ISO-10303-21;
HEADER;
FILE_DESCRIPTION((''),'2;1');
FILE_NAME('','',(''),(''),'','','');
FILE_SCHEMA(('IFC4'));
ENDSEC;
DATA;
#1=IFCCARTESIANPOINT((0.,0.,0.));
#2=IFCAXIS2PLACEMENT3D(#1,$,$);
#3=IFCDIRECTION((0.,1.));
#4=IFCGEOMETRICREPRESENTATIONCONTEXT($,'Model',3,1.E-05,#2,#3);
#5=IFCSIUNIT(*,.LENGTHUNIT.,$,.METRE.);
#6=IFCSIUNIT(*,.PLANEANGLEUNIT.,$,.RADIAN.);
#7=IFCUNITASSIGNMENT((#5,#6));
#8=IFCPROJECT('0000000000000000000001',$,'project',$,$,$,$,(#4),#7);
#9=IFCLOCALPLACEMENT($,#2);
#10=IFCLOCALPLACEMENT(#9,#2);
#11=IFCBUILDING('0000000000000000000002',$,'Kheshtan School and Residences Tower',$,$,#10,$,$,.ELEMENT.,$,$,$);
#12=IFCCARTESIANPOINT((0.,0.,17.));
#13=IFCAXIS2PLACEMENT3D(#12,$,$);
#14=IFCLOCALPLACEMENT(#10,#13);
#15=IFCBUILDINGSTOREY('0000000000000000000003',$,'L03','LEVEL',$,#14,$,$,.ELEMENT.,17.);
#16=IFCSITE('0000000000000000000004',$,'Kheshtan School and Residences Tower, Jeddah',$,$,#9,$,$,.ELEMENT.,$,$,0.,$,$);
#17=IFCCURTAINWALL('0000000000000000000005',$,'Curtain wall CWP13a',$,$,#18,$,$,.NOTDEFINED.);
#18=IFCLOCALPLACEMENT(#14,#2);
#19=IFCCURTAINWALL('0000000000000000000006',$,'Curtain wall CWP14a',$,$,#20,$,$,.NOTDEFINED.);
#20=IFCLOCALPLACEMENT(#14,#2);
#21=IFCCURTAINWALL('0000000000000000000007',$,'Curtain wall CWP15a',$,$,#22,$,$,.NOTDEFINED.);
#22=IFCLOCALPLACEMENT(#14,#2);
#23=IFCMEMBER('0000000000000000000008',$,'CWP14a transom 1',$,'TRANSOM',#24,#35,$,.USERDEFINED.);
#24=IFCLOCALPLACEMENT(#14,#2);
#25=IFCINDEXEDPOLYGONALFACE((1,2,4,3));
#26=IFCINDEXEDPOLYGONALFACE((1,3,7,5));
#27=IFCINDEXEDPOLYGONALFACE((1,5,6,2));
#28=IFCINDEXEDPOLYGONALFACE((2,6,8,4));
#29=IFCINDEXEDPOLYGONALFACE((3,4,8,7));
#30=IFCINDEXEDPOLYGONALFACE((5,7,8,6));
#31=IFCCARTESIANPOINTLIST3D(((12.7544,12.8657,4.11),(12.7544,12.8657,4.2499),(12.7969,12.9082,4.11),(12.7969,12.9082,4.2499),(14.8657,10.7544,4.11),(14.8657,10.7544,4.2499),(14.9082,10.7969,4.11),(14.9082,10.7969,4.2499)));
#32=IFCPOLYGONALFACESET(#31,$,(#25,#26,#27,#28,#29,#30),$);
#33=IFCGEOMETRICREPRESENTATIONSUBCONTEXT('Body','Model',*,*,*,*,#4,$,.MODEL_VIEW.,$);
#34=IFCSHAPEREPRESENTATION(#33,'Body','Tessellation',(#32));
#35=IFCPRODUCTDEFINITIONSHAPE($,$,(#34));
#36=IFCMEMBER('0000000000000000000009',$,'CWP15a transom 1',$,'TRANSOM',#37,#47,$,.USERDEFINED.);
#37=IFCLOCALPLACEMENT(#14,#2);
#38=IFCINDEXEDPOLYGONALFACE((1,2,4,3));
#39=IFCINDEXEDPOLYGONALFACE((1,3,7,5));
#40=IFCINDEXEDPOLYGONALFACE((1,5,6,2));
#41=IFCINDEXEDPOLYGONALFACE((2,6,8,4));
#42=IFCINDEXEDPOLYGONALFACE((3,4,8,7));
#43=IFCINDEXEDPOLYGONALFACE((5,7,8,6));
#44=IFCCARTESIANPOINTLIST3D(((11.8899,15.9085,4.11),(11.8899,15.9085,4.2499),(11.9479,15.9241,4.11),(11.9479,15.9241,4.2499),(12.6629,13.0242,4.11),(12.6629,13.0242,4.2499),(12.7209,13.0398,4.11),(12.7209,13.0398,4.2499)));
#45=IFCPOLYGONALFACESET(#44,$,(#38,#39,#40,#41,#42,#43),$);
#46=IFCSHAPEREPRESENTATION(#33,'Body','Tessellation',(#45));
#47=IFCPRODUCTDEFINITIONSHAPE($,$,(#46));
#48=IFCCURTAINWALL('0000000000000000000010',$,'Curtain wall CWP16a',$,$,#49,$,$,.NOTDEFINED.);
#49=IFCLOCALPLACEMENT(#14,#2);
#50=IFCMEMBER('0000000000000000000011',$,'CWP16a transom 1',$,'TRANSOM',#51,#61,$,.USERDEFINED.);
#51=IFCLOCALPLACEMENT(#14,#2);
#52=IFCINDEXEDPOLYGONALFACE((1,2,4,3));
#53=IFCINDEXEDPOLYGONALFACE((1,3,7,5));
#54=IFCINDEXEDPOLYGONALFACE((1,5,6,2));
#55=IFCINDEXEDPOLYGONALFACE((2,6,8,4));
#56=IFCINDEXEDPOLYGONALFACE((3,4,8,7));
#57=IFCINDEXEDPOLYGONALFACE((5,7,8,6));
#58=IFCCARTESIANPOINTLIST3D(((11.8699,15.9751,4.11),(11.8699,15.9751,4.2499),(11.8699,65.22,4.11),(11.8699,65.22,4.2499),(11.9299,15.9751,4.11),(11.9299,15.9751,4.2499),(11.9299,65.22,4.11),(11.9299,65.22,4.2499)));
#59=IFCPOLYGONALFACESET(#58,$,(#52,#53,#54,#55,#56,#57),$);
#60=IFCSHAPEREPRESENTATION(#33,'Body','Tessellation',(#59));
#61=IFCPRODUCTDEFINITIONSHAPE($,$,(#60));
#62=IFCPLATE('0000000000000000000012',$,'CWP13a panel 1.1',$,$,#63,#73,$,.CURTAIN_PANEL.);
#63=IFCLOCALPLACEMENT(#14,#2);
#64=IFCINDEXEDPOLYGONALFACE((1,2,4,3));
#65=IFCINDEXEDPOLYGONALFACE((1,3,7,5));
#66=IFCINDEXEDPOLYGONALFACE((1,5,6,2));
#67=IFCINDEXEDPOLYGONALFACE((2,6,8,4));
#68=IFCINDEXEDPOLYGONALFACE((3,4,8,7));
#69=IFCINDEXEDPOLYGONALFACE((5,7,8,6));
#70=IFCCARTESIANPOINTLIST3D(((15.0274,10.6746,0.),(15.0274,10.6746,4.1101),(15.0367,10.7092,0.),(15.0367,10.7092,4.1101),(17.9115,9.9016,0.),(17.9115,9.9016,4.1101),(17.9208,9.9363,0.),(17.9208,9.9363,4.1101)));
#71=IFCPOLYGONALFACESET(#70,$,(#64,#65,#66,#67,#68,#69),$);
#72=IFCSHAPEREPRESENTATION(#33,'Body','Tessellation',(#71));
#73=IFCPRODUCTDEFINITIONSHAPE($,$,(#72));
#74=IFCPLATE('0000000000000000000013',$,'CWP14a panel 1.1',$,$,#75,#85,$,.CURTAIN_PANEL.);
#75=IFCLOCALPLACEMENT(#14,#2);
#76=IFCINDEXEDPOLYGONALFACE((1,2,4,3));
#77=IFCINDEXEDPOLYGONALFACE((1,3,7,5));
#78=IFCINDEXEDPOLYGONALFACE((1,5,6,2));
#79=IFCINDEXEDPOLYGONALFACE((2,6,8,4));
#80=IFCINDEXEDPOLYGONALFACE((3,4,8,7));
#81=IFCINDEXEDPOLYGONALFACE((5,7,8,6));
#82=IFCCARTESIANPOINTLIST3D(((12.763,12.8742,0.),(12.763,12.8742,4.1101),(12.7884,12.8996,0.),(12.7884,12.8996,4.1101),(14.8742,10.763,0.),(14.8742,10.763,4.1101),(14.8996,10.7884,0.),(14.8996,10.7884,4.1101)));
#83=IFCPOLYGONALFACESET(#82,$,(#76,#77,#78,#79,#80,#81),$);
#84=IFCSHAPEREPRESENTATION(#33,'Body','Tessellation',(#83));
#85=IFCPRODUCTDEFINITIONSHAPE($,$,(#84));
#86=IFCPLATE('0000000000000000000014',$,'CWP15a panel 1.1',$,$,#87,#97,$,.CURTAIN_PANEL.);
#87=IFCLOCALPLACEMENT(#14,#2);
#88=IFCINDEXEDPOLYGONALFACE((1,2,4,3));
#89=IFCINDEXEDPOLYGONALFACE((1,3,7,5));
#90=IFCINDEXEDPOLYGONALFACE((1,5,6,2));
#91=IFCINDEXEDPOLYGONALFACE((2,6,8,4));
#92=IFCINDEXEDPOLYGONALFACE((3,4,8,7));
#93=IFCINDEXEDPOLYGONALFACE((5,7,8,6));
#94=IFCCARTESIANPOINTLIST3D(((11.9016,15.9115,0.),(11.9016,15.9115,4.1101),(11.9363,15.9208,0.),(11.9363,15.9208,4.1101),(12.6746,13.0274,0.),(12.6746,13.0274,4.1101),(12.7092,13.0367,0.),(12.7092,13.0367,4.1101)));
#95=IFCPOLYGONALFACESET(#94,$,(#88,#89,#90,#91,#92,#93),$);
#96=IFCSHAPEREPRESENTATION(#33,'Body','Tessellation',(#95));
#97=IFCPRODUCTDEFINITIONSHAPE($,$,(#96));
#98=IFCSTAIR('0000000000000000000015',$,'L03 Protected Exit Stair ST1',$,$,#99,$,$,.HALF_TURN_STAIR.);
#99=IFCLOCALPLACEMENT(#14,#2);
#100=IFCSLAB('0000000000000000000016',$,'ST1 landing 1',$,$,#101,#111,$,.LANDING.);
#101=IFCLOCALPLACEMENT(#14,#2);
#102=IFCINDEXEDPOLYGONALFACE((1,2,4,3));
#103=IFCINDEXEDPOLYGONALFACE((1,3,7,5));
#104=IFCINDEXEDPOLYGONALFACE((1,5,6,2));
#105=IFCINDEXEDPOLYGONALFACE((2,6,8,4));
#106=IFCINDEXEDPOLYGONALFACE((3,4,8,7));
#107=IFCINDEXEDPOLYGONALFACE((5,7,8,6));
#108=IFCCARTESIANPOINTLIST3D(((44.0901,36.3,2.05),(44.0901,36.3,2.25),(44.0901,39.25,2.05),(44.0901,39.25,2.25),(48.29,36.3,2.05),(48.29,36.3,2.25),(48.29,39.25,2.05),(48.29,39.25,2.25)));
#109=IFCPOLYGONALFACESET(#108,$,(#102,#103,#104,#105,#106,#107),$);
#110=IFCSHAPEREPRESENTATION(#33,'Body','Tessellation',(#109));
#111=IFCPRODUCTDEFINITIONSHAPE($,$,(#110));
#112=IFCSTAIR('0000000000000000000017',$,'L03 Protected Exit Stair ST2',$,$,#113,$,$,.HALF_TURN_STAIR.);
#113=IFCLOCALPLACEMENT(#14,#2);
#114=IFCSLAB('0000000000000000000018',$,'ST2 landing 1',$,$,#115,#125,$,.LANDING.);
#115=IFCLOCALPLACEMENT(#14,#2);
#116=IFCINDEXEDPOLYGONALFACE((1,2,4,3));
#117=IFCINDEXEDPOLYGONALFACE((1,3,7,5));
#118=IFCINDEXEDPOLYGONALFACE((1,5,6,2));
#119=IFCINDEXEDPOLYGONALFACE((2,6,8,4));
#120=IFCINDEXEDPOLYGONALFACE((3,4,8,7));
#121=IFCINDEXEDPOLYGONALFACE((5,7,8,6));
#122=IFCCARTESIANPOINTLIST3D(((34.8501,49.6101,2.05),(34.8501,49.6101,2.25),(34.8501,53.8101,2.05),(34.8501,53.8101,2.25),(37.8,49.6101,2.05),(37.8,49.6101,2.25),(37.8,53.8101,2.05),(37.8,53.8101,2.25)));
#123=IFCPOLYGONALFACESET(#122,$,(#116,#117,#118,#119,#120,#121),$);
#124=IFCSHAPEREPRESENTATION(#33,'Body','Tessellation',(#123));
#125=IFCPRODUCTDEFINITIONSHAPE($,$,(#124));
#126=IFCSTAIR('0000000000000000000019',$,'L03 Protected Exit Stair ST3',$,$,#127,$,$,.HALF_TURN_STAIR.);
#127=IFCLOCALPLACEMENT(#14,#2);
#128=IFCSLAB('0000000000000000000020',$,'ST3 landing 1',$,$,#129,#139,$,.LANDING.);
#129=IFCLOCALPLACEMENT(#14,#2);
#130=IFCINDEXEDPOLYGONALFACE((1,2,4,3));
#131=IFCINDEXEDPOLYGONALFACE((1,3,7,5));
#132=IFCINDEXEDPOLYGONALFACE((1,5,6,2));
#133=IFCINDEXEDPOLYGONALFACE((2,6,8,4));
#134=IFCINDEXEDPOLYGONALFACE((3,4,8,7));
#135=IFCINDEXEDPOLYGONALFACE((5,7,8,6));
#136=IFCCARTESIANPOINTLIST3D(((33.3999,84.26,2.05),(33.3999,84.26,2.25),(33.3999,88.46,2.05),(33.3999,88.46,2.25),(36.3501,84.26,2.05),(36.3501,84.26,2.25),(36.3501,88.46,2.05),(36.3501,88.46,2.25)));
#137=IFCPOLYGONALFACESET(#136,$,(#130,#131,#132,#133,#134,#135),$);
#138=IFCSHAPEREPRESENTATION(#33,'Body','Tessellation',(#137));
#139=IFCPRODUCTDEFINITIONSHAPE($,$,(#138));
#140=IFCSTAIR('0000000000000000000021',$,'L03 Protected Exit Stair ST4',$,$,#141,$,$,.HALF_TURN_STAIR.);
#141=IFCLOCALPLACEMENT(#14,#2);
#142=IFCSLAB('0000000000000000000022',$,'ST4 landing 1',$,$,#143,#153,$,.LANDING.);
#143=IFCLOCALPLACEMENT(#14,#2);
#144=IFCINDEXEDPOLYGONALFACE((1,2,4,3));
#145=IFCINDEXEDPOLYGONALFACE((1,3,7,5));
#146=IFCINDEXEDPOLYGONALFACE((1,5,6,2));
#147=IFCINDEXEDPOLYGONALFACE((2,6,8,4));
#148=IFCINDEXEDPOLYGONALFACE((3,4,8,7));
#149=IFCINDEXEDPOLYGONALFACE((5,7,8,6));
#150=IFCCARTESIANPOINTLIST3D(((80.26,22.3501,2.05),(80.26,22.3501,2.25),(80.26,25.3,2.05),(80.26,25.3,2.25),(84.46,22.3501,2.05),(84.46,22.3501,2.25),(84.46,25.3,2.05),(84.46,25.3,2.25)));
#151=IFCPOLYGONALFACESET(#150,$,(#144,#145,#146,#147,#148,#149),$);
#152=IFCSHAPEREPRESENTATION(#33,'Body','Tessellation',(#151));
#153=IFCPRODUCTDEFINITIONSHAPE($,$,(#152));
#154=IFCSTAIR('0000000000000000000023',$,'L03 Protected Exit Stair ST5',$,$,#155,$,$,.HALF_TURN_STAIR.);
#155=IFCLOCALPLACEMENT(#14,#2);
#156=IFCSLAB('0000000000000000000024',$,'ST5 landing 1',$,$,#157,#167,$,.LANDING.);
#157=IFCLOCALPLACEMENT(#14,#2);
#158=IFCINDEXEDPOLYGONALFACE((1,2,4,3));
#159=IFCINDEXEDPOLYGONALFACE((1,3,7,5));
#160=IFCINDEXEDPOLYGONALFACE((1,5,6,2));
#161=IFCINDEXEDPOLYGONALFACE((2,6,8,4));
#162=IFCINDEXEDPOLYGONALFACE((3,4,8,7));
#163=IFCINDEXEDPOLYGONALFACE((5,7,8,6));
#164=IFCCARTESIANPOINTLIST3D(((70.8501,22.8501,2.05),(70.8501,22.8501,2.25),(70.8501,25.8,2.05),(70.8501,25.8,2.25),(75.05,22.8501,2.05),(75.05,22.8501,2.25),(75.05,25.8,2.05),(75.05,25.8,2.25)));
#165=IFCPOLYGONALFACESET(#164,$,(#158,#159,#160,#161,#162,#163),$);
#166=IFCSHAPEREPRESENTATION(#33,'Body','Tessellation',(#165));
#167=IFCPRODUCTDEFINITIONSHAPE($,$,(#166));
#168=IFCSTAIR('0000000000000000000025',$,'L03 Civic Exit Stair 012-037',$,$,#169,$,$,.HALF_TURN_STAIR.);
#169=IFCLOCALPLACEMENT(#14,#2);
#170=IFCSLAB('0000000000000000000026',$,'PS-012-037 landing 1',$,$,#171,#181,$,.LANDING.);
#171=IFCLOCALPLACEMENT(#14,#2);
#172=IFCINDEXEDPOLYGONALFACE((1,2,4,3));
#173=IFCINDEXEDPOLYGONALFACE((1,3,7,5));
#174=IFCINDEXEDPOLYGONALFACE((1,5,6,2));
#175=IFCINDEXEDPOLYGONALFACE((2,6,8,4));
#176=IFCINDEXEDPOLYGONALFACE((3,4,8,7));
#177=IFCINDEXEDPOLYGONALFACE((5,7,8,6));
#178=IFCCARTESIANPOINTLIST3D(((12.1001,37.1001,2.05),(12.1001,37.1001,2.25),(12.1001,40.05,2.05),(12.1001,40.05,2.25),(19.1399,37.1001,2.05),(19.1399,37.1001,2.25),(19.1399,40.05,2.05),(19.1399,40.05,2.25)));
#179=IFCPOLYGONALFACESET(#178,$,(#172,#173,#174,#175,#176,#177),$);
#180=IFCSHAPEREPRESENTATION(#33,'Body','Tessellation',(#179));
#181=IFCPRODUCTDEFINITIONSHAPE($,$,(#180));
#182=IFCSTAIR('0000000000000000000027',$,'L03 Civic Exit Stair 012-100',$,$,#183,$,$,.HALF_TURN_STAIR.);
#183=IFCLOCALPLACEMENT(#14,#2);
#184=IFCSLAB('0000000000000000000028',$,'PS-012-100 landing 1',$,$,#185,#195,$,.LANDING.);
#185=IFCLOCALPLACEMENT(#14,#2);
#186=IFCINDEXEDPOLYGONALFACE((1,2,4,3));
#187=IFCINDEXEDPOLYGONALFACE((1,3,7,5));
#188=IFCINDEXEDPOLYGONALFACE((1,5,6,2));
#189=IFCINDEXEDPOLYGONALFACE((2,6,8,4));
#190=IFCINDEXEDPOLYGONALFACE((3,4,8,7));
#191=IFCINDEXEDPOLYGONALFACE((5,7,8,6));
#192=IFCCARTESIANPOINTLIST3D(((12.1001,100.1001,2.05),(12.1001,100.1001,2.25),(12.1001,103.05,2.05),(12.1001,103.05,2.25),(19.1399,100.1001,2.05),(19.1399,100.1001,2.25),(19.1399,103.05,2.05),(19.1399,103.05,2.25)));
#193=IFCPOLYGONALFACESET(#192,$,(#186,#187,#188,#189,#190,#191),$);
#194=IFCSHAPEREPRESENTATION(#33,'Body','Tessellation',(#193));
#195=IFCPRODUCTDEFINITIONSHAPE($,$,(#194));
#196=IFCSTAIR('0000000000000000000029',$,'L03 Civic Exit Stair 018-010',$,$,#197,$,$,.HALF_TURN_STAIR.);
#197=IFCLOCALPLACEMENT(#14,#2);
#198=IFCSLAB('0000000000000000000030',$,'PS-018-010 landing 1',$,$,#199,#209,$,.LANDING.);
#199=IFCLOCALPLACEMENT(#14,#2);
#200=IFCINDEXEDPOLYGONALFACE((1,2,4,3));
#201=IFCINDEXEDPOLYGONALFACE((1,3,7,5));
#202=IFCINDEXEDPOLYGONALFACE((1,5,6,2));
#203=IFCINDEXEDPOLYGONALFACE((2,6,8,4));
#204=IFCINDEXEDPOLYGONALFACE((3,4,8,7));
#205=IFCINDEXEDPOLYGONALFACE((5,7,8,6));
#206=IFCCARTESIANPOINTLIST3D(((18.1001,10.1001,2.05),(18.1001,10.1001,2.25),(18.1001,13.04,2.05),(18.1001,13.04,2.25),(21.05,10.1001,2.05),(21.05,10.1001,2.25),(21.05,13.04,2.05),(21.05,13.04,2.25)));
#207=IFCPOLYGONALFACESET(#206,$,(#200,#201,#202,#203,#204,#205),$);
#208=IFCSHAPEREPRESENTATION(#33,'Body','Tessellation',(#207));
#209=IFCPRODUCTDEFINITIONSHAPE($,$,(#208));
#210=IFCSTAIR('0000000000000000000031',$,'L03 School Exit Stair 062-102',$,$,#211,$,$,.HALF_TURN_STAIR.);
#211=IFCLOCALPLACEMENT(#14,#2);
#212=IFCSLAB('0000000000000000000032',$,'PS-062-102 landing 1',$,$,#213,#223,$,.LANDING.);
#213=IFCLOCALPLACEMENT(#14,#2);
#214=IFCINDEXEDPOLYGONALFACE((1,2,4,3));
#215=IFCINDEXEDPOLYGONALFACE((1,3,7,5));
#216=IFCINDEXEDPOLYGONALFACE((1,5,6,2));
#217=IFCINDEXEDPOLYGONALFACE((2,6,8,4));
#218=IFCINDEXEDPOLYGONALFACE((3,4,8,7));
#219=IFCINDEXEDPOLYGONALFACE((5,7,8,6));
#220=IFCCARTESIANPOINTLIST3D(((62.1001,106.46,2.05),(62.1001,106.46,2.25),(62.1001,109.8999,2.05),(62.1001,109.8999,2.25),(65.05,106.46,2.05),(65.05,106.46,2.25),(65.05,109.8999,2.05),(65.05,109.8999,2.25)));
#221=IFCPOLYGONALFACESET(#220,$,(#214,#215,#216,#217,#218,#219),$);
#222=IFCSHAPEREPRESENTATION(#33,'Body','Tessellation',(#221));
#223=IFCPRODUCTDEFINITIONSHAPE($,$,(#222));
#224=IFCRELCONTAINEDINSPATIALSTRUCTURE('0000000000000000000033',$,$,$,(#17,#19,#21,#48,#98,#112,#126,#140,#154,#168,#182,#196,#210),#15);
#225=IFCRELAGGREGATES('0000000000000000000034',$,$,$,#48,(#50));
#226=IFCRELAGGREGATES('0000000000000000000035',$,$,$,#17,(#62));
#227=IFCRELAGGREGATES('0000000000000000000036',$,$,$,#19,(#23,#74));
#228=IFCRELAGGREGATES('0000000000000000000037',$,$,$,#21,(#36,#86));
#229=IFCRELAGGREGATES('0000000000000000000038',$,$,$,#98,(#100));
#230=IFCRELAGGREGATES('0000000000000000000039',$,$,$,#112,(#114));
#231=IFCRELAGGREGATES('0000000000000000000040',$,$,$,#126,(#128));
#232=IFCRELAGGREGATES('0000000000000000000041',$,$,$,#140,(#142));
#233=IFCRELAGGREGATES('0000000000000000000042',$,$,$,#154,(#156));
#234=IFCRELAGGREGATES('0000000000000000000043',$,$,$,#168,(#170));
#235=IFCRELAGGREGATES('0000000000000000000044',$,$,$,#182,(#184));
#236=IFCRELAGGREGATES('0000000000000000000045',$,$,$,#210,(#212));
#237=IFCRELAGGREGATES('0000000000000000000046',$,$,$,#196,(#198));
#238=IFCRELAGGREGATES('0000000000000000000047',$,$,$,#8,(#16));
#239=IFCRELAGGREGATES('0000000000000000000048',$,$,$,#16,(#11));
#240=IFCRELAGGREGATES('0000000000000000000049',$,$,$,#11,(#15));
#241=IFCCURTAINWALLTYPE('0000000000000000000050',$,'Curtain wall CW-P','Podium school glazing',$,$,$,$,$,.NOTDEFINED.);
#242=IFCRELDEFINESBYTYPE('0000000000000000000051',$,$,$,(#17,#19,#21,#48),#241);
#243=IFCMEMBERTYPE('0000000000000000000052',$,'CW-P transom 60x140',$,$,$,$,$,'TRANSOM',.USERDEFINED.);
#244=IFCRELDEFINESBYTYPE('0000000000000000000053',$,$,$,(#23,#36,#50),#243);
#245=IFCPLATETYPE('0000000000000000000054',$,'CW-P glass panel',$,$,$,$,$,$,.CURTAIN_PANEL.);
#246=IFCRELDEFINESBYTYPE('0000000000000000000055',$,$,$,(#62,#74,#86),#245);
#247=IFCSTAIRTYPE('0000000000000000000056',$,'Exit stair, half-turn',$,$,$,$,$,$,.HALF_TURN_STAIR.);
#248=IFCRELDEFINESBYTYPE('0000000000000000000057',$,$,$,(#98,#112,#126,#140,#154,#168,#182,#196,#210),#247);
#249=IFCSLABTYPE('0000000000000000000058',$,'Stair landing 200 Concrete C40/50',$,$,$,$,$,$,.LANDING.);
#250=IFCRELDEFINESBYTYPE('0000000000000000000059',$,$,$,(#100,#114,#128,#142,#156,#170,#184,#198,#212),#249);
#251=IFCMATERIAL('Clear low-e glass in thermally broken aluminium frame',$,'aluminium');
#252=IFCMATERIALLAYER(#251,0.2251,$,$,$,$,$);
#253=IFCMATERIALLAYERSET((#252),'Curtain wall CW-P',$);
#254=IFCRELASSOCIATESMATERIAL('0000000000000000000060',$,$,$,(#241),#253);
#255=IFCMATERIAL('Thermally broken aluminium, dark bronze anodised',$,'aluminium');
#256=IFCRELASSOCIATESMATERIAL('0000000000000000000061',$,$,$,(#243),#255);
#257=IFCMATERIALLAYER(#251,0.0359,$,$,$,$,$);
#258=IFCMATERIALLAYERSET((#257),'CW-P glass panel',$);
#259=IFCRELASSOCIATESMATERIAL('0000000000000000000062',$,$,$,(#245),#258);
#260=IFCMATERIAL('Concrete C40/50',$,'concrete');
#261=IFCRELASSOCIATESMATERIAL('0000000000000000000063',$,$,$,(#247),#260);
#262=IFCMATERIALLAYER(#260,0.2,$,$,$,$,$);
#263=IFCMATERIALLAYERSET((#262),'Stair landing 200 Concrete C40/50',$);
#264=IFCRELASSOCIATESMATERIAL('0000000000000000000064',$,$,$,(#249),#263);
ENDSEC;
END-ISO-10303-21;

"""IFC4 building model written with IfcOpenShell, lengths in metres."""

from ifc_helpers import new_model, si_unit, direction, frame, origin, origin_2d, place, context, subcontext, project, spatial, polyline, rectangle, outline, extrude, material, layer, layer_set, material_profile, profile_set, type_object, element, aggregate, save


model = new_model("IFC4")

# Units and contexts
model_context = context("Model", 3, precision=1e-05, world=origin(), true_north=direction((0.0, 1.0)))
body_context = subcontext(model_context, "Body", "Model", "MODEL_VIEW")
ifc_project = project(units=[si_unit("LENGTHUNIT", "METRE"), si_unit("PLANEANGLEUNIT", "RADIAN")], contexts=[model_context])

# Site, building, storey
site_placement = place(None, origin())
site = spatial("IfcSite", under=ifc_project, at=site_placement, Name="Kheshtan School and Residences Tower, Jeddah", CompositionType="ELEMENT", RefElevation=0.0)
building_placement = place(site_placement, origin())
building = spatial("IfcBuilding", under=site, at=building_placement, Name="Kheshtan School and Residences Tower", CompositionType="ELEMENT")
storey_placement = place(building_placement, frame((0.0, 0.0, 17.0)))
storey = spatial("IfcBuildingStorey", under=building, at=storey_placement, Name="L03", Description="LEVEL", CompositionType="ELEMENT", Elevation=17.0)

# Curtain walls
ifc_material_1 = material(Name="Clear low-e glass in thermally broken aluminium frame", Category="aluminium")
ifc_layer_1 = layer(ifc_material_1, 0.2251)
ifc_layer_set_1 = layer_set([ifc_layer_1], Name="Curtain wall CW-P")
curtain_wall_type = type_object("IfcCurtainWallType", Name="Curtain wall CW-P", Description="Podium school glazing", PredefinedType="NOTDEFINED", material=ifc_layer_set_1)
curtain_wall_1_placement = place(storey_placement, origin())
curtain_wall_1 = element("IfcCurtainWall", 1, at=curtain_wall_1_placement, inside=storey, type_object=curtain_wall_type, Name="Curtain wall CWP13a", PredefinedType="NOTDEFINED")
ifc_material_2 = material(Name="Thermally broken aluminium, dark bronze anodised", Category="aluminium")
curtain_wall_2_placement = place(storey_placement, origin())
curtain_wall_2 = element("IfcCurtainWall", 2, at=curtain_wall_2_placement, inside=storey, type_object=curtain_wall_type, Name="Curtain wall CWP14a", PredefinedType="NOTDEFINED")
curtain_wall_3_placement = place(storey_placement, origin())
curtain_wall_3 = element("IfcCurtainWall", 3, at=curtain_wall_3_placement, inside=storey, type_object=curtain_wall_type, Name="Curtain wall CWP15a", PredefinedType="NOTDEFINED")

# Members
ifc_material_profile_1 = material_profile(ifc_material_2, rectangle(XDim=0.0601, YDim=0.1399, at=origin_2d()), Name="CW-P transom 60x140")
ifc_profile_set_1 = profile_set([ifc_material_profile_1], Name="Thermally broken aluminium, dark bronze anodised")
member_type_1 = type_object("IfcMemberType", Name="CW-P transom 60x140", ElementType="TRANSOM", PredefinedType="USERDEFINED", material=ifc_profile_set_1)
member_1_placement = place(storey_placement, frame((14.887, 10.7756, 4.1799), z_axis=(-0.707107, 0.707107, 0.0), x_axis=(-0.707107, -0.707107, 0.0)))
member_1 = element("IfcMember", 4, at=member_1_placement, type_object=member_type_1, Name="CWP14a transom 1", ObjectType="TRANSOM", PredefinedType="USERDEFINED", context=body_context, shape_type="SweptSolid", body=[
    extrude(rectangle(XDim=0.0601, YDim=0.1399, at=origin_2d()), origin(), (0.0, 0.0, 1.0), 2.9858),
])
member_2_placement = place(storey_placement, frame((12.6919, 13.032, 4.1799), z_axis=(-0.258853, 0.965917, 0.0), x_axis=(-0.965917, -0.258853, 0.0)))
member_2 = element("IfcMember", 5, at=member_2_placement, type_object=member_type_1, Name="CWP15a transom 1", ObjectType="TRANSOM", PredefinedType="USERDEFINED", context=body_context, shape_type="SweptSolid", body=[
    extrude(rectangle(XDim=0.0601, YDim=0.1399, at=origin_2d()), origin(), (0.0, 0.0, 1.0), 2.9861),
])

# Curtain wall, member
curtain_wall_4_placement = place(storey_placement, origin())
curtain_wall_4 = element("IfcCurtainWall", 6, at=curtain_wall_4_placement, inside=storey, type_object=curtain_wall_type, Name="Curtain wall CWP16a", PredefinedType="NOTDEFINED")
member_3_placement = place(storey_placement, frame((11.8999, 15.9751, 4.1799), z_axis=(0.0, 1.0, 0.0), x_axis=(-1.0, 0.0, 0.0)))
member_3 = element("IfcMember", 7, at=member_3_placement, type_object=member_type_1, Name="CWP16a transom 1", ObjectType="TRANSOM", PredefinedType="USERDEFINED", context=body_context, shape_type="SweptSolid", body=[
    extrude(rectangle(XDim=0.0601, YDim=0.1399, at=origin_2d()), origin(), (0.0, 0.0, 1.0), 49.2449),
])
aggregate(curtain_wall_4, [member_3])

# Plates
ifc_layer_2 = layer(ifc_material_1, 0.0359)
ifc_layer_set_2 = layer_set([ifc_layer_2], Name="CW-P glass panel")
plate_type = type_object("IfcPlateType", Name="CW-P glass panel", PredefinedType="CURTAIN_PANEL", material=ifc_layer_set_2)
plate_1_placement = place(storey_placement, frame((16.4741, 10.3054, 0.0), z_axis=(0.0, 0.0, 1.0), x_axis=(-0.965914, 0.258865, 0.0)))
plate_1 = element("IfcPlate", 8, at=plate_1_placement, type_object=plate_type, Name="CWP13a panel 1.1", PredefinedType="CURTAIN_PANEL", context=body_context, shape_type="SweptSolid", body=[
    extrude(rectangle(XDim=2.9858, YDim=0.0359, at=origin_2d()), origin(), (0.0, 0.0, 1.0), 4.1101),
])
aggregate(curtain_wall_1, [plate_1])
plate_2_placement = place(storey_placement, frame((13.8313, 11.8313, 0.0), z_axis=(0.0, 0.0, 1.0), x_axis=(-0.707107, 0.707107, 0.0)))
plate_2 = element("IfcPlate", 9, at=plate_2_placement, type_object=plate_type, Name="CWP14a panel 1.1", PredefinedType="CURTAIN_PANEL", context=body_context, shape_type="SweptSolid", body=[
    extrude(rectangle(XDim=2.9856, YDim=0.0359, at=origin_2d()), origin(), (0.0, 0.0, 1.0), 4.1101),
])
aggregate(curtain_wall_2, [member_1, plate_2])
plate_3_placement = place(storey_placement, frame((12.3054, 14.4741, 0.0), z_axis=(0.0, 0.0, 1.0), x_axis=(-0.258865, 0.965914, 0.0)))
plate_3 = element("IfcPlate", 10, at=plate_3_placement, type_object=plate_type, Name="CWP15a panel 1.1", PredefinedType="CURTAIN_PANEL", context=body_context, shape_type="SweptSolid", body=[
    extrude(rectangle(XDim=2.9858, YDim=0.0359, at=origin_2d()), origin(), (0.0, 0.0, 1.0), 4.1101),
])
aggregate(curtain_wall_3, [member_2, plate_3])

# Shared definitions
ifc_material_3 = material(Name="Concrete C40/50", Category="concrete")

# Stairs, slabs
stair_type = type_object("IfcStairType", Name="Exit stair, half-turn", PredefinedType="HALF_TURN_STAIR", material=ifc_material_3)
stair_1_placement = place(storey_placement, origin())
stair_1 = element("IfcStair", 11, at=stair_1_placement, inside=storey, type_object=stair_type, Name="L03 Protected Exit Stair ST1", PredefinedType="HALF_TURN_STAIR")
ifc_layer_3 = layer(ifc_material_3, 0.2)
ifc_layer_set_3 = layer_set([ifc_layer_3], Name="Stair landing 200 Concrete C40/50")
slab_type_1 = type_object("IfcSlabType", Name="Stair landing 200 Concrete C40/50", PredefinedType="LANDING", material=ifc_layer_set_3)
slab_1_placement = place(storey_placement, frame((0.0, 0.0, 2.05)))
slab_1 = element("IfcSlab", 12, at=slab_1_placement, type_object=slab_type_1, Name="ST1 landing 1", PredefinedType="LANDING", context=body_context, shape_type="SweptSolid", body=[
    extrude(outline(polyline([(48.29, 39.25), (44.0901, 39.25), (44.0901, 36.3), (48.29, 36.3), (48.29, 39.25)])), origin(), (0.0, 0.0, 1.0), 0.2),
])
aggregate(stair_1, [slab_1])
stair_2_placement = place(storey_placement, origin())
stair_2 = element("IfcStair", 13, at=stair_2_placement, inside=storey, type_object=stair_type, Name="L03 Protected Exit Stair ST2", PredefinedType="HALF_TURN_STAIR")
slab_2_placement = place(storey_placement, frame((0.0, 0.0, 2.05)))
slab_2 = element("IfcSlab", 14, at=slab_2_placement, type_object=slab_type_1, Name="ST2 landing 1", PredefinedType="LANDING", context=body_context, shape_type="SweptSolid", body=[
    extrude(outline(polyline([(37.8, 49.6101), (37.8, 53.8101), (34.8501, 53.8101), (34.8501, 49.6101), (37.8, 49.6101)])), origin(), (0.0, 0.0, 1.0), 0.2),
])
aggregate(stair_2, [slab_2])
stair_3_placement = place(storey_placement, origin())
stair_3 = element("IfcStair", 15, at=stair_3_placement, inside=storey, type_object=stair_type, Name="L03 Protected Exit Stair ST3", PredefinedType="HALF_TURN_STAIR")
slab_3_placement = place(storey_placement, frame((0.0, 0.0, 2.05)))
slab_3 = element("IfcSlab", 16, at=slab_3_placement, type_object=slab_type_1, Name="ST3 landing 1", PredefinedType="LANDING", context=body_context, shape_type="SweptSolid", body=[
    extrude(outline(polyline([(36.3501, 84.26), (36.3501, 88.46), (33.3999, 88.46), (33.3999, 84.26), (36.3501, 84.26)])), origin(), (0.0, 0.0, 1.0), 0.2),
])
aggregate(stair_3, [slab_3])
stair_4_placement = place(storey_placement, origin())
stair_4 = element("IfcStair", 17, at=stair_4_placement, inside=storey, type_object=stair_type, Name="L03 Protected Exit Stair ST4", PredefinedType="HALF_TURN_STAIR")
slab_4_placement = place(storey_placement, frame((0.0, 0.0, 2.05)))
slab_4 = element("IfcSlab", 18, at=slab_4_placement, type_object=slab_type_1, Name="ST4 landing 1", PredefinedType="LANDING", context=body_context, shape_type="SweptSolid", body=[
    extrude(outline(polyline([(84.46, 25.3), (80.26, 25.3), (80.26, 22.3501), (84.46, 22.3501), (84.46, 25.3)])), origin(), (0.0, 0.0, 1.0), 0.2),
])
aggregate(stair_4, [slab_4])
stair_5_placement = place(storey_placement, origin())
stair_5 = element("IfcStair", 19, at=stair_5_placement, inside=storey, type_object=stair_type, Name="L03 Protected Exit Stair ST5", PredefinedType="HALF_TURN_STAIR")
slab_5_placement = place(storey_placement, frame((0.0, 0.0, 2.05)))
slab_5 = element("IfcSlab", 20, at=slab_5_placement, type_object=slab_type_1, Name="ST5 landing 1", PredefinedType="LANDING", context=body_context, shape_type="SweptSolid", body=[
    extrude(outline(polyline([(75.05, 25.8), (70.8501, 25.8), (70.8501, 22.8501), (75.05, 22.8501), (75.05, 25.8)])), origin(), (0.0, 0.0, 1.0), 0.2),
])
aggregate(stair_5, [slab_5])
stair_6_placement = place(storey_placement, origin())
stair_6 = element("IfcStair", 21, at=stair_6_placement, inside=storey, type_object=stair_type, Name="L03 Civic Exit Stair 012-037", PredefinedType="HALF_TURN_STAIR")
slab_6_placement = place(storey_placement, frame((0.0, 0.0, 2.05)))
slab_6 = element("IfcSlab", 22, at=slab_6_placement, type_object=slab_type_1, Name="PS-012-037 landing 1", PredefinedType="LANDING", context=body_context, shape_type="SweptSolid", body=[
    extrude(outline(polyline([(19.1399, 40.05), (12.1001, 40.05), (12.1001, 37.1001), (19.1399, 37.1001), (19.1399, 40.05)])), origin(), (0.0, 0.0, 1.0), 0.2),
])
aggregate(stair_6, [slab_6])
stair_7_placement = place(storey_placement, origin())
stair_7 = element("IfcStair", 23, at=stair_7_placement, inside=storey, type_object=stair_type, Name="L03 Civic Exit Stair 012-100", PredefinedType="HALF_TURN_STAIR")
slab_7_placement = place(storey_placement, frame((0.0, 0.0, 2.05)))
slab_7 = element("IfcSlab", 24, at=slab_7_placement, type_object=slab_type_1, Name="PS-012-100 landing 1", PredefinedType="LANDING", context=body_context, shape_type="SweptSolid", body=[
    extrude(outline(polyline([(19.1399, 103.05), (12.1001, 103.05), (12.1001, 100.1001), (19.1399, 100.1001), (19.1399, 103.05)])), origin(), (0.0, 0.0, 1.0), 0.2),
])
aggregate(stair_7, [slab_7])
stair_8_placement = place(storey_placement, origin())
stair_8 = element("IfcStair", 25, at=stair_8_placement, inside=storey, type_object=stair_type, Name="L03 Civic Exit Stair 018-010", PredefinedType="HALF_TURN_STAIR")
slab_8_placement = place(storey_placement, frame((0.0, 0.0, 2.05)))
slab_8 = element("IfcSlab", 26, at=slab_8_placement, type_object=slab_type_1, Name="PS-018-010 landing 1", PredefinedType="LANDING", context=body_context, shape_type="SweptSolid", body=[
    extrude(outline(polyline([(18.1001, 13.04), (18.1001, 10.1001), (21.05, 10.1001), (21.05, 13.04), (18.1001, 13.04)])), origin(), (0.0, 0.0, 1.0), 0.2),
])
stair_9_placement = place(storey_placement, origin())
stair_9 = element("IfcStair", 27, at=stair_9_placement, inside=storey, type_object=stair_type, Name="L03 School Exit Stair 062-102", PredefinedType="HALF_TURN_STAIR")
slab_9_placement = place(storey_placement, frame((0.0, 0.0, 2.05)))
slab_9 = element("IfcSlab", 28, at=slab_9_placement, type_object=slab_type_1, Name="PS-062-102 landing 1", PredefinedType="LANDING", context=body_context, shape_type="SweptSolid", body=[
    extrude(outline(polyline([(65.05, 106.46), (65.05, 109.8999), (62.1001, 109.8999), (62.1001, 106.46), (65.05, 106.46)])), origin(), (0.0, 0.0, 1.0), 0.2),
])
aggregate(stair_9, [slab_9])

aggregate(stair_8, [slab_8])

save(model, "model.ifc")
